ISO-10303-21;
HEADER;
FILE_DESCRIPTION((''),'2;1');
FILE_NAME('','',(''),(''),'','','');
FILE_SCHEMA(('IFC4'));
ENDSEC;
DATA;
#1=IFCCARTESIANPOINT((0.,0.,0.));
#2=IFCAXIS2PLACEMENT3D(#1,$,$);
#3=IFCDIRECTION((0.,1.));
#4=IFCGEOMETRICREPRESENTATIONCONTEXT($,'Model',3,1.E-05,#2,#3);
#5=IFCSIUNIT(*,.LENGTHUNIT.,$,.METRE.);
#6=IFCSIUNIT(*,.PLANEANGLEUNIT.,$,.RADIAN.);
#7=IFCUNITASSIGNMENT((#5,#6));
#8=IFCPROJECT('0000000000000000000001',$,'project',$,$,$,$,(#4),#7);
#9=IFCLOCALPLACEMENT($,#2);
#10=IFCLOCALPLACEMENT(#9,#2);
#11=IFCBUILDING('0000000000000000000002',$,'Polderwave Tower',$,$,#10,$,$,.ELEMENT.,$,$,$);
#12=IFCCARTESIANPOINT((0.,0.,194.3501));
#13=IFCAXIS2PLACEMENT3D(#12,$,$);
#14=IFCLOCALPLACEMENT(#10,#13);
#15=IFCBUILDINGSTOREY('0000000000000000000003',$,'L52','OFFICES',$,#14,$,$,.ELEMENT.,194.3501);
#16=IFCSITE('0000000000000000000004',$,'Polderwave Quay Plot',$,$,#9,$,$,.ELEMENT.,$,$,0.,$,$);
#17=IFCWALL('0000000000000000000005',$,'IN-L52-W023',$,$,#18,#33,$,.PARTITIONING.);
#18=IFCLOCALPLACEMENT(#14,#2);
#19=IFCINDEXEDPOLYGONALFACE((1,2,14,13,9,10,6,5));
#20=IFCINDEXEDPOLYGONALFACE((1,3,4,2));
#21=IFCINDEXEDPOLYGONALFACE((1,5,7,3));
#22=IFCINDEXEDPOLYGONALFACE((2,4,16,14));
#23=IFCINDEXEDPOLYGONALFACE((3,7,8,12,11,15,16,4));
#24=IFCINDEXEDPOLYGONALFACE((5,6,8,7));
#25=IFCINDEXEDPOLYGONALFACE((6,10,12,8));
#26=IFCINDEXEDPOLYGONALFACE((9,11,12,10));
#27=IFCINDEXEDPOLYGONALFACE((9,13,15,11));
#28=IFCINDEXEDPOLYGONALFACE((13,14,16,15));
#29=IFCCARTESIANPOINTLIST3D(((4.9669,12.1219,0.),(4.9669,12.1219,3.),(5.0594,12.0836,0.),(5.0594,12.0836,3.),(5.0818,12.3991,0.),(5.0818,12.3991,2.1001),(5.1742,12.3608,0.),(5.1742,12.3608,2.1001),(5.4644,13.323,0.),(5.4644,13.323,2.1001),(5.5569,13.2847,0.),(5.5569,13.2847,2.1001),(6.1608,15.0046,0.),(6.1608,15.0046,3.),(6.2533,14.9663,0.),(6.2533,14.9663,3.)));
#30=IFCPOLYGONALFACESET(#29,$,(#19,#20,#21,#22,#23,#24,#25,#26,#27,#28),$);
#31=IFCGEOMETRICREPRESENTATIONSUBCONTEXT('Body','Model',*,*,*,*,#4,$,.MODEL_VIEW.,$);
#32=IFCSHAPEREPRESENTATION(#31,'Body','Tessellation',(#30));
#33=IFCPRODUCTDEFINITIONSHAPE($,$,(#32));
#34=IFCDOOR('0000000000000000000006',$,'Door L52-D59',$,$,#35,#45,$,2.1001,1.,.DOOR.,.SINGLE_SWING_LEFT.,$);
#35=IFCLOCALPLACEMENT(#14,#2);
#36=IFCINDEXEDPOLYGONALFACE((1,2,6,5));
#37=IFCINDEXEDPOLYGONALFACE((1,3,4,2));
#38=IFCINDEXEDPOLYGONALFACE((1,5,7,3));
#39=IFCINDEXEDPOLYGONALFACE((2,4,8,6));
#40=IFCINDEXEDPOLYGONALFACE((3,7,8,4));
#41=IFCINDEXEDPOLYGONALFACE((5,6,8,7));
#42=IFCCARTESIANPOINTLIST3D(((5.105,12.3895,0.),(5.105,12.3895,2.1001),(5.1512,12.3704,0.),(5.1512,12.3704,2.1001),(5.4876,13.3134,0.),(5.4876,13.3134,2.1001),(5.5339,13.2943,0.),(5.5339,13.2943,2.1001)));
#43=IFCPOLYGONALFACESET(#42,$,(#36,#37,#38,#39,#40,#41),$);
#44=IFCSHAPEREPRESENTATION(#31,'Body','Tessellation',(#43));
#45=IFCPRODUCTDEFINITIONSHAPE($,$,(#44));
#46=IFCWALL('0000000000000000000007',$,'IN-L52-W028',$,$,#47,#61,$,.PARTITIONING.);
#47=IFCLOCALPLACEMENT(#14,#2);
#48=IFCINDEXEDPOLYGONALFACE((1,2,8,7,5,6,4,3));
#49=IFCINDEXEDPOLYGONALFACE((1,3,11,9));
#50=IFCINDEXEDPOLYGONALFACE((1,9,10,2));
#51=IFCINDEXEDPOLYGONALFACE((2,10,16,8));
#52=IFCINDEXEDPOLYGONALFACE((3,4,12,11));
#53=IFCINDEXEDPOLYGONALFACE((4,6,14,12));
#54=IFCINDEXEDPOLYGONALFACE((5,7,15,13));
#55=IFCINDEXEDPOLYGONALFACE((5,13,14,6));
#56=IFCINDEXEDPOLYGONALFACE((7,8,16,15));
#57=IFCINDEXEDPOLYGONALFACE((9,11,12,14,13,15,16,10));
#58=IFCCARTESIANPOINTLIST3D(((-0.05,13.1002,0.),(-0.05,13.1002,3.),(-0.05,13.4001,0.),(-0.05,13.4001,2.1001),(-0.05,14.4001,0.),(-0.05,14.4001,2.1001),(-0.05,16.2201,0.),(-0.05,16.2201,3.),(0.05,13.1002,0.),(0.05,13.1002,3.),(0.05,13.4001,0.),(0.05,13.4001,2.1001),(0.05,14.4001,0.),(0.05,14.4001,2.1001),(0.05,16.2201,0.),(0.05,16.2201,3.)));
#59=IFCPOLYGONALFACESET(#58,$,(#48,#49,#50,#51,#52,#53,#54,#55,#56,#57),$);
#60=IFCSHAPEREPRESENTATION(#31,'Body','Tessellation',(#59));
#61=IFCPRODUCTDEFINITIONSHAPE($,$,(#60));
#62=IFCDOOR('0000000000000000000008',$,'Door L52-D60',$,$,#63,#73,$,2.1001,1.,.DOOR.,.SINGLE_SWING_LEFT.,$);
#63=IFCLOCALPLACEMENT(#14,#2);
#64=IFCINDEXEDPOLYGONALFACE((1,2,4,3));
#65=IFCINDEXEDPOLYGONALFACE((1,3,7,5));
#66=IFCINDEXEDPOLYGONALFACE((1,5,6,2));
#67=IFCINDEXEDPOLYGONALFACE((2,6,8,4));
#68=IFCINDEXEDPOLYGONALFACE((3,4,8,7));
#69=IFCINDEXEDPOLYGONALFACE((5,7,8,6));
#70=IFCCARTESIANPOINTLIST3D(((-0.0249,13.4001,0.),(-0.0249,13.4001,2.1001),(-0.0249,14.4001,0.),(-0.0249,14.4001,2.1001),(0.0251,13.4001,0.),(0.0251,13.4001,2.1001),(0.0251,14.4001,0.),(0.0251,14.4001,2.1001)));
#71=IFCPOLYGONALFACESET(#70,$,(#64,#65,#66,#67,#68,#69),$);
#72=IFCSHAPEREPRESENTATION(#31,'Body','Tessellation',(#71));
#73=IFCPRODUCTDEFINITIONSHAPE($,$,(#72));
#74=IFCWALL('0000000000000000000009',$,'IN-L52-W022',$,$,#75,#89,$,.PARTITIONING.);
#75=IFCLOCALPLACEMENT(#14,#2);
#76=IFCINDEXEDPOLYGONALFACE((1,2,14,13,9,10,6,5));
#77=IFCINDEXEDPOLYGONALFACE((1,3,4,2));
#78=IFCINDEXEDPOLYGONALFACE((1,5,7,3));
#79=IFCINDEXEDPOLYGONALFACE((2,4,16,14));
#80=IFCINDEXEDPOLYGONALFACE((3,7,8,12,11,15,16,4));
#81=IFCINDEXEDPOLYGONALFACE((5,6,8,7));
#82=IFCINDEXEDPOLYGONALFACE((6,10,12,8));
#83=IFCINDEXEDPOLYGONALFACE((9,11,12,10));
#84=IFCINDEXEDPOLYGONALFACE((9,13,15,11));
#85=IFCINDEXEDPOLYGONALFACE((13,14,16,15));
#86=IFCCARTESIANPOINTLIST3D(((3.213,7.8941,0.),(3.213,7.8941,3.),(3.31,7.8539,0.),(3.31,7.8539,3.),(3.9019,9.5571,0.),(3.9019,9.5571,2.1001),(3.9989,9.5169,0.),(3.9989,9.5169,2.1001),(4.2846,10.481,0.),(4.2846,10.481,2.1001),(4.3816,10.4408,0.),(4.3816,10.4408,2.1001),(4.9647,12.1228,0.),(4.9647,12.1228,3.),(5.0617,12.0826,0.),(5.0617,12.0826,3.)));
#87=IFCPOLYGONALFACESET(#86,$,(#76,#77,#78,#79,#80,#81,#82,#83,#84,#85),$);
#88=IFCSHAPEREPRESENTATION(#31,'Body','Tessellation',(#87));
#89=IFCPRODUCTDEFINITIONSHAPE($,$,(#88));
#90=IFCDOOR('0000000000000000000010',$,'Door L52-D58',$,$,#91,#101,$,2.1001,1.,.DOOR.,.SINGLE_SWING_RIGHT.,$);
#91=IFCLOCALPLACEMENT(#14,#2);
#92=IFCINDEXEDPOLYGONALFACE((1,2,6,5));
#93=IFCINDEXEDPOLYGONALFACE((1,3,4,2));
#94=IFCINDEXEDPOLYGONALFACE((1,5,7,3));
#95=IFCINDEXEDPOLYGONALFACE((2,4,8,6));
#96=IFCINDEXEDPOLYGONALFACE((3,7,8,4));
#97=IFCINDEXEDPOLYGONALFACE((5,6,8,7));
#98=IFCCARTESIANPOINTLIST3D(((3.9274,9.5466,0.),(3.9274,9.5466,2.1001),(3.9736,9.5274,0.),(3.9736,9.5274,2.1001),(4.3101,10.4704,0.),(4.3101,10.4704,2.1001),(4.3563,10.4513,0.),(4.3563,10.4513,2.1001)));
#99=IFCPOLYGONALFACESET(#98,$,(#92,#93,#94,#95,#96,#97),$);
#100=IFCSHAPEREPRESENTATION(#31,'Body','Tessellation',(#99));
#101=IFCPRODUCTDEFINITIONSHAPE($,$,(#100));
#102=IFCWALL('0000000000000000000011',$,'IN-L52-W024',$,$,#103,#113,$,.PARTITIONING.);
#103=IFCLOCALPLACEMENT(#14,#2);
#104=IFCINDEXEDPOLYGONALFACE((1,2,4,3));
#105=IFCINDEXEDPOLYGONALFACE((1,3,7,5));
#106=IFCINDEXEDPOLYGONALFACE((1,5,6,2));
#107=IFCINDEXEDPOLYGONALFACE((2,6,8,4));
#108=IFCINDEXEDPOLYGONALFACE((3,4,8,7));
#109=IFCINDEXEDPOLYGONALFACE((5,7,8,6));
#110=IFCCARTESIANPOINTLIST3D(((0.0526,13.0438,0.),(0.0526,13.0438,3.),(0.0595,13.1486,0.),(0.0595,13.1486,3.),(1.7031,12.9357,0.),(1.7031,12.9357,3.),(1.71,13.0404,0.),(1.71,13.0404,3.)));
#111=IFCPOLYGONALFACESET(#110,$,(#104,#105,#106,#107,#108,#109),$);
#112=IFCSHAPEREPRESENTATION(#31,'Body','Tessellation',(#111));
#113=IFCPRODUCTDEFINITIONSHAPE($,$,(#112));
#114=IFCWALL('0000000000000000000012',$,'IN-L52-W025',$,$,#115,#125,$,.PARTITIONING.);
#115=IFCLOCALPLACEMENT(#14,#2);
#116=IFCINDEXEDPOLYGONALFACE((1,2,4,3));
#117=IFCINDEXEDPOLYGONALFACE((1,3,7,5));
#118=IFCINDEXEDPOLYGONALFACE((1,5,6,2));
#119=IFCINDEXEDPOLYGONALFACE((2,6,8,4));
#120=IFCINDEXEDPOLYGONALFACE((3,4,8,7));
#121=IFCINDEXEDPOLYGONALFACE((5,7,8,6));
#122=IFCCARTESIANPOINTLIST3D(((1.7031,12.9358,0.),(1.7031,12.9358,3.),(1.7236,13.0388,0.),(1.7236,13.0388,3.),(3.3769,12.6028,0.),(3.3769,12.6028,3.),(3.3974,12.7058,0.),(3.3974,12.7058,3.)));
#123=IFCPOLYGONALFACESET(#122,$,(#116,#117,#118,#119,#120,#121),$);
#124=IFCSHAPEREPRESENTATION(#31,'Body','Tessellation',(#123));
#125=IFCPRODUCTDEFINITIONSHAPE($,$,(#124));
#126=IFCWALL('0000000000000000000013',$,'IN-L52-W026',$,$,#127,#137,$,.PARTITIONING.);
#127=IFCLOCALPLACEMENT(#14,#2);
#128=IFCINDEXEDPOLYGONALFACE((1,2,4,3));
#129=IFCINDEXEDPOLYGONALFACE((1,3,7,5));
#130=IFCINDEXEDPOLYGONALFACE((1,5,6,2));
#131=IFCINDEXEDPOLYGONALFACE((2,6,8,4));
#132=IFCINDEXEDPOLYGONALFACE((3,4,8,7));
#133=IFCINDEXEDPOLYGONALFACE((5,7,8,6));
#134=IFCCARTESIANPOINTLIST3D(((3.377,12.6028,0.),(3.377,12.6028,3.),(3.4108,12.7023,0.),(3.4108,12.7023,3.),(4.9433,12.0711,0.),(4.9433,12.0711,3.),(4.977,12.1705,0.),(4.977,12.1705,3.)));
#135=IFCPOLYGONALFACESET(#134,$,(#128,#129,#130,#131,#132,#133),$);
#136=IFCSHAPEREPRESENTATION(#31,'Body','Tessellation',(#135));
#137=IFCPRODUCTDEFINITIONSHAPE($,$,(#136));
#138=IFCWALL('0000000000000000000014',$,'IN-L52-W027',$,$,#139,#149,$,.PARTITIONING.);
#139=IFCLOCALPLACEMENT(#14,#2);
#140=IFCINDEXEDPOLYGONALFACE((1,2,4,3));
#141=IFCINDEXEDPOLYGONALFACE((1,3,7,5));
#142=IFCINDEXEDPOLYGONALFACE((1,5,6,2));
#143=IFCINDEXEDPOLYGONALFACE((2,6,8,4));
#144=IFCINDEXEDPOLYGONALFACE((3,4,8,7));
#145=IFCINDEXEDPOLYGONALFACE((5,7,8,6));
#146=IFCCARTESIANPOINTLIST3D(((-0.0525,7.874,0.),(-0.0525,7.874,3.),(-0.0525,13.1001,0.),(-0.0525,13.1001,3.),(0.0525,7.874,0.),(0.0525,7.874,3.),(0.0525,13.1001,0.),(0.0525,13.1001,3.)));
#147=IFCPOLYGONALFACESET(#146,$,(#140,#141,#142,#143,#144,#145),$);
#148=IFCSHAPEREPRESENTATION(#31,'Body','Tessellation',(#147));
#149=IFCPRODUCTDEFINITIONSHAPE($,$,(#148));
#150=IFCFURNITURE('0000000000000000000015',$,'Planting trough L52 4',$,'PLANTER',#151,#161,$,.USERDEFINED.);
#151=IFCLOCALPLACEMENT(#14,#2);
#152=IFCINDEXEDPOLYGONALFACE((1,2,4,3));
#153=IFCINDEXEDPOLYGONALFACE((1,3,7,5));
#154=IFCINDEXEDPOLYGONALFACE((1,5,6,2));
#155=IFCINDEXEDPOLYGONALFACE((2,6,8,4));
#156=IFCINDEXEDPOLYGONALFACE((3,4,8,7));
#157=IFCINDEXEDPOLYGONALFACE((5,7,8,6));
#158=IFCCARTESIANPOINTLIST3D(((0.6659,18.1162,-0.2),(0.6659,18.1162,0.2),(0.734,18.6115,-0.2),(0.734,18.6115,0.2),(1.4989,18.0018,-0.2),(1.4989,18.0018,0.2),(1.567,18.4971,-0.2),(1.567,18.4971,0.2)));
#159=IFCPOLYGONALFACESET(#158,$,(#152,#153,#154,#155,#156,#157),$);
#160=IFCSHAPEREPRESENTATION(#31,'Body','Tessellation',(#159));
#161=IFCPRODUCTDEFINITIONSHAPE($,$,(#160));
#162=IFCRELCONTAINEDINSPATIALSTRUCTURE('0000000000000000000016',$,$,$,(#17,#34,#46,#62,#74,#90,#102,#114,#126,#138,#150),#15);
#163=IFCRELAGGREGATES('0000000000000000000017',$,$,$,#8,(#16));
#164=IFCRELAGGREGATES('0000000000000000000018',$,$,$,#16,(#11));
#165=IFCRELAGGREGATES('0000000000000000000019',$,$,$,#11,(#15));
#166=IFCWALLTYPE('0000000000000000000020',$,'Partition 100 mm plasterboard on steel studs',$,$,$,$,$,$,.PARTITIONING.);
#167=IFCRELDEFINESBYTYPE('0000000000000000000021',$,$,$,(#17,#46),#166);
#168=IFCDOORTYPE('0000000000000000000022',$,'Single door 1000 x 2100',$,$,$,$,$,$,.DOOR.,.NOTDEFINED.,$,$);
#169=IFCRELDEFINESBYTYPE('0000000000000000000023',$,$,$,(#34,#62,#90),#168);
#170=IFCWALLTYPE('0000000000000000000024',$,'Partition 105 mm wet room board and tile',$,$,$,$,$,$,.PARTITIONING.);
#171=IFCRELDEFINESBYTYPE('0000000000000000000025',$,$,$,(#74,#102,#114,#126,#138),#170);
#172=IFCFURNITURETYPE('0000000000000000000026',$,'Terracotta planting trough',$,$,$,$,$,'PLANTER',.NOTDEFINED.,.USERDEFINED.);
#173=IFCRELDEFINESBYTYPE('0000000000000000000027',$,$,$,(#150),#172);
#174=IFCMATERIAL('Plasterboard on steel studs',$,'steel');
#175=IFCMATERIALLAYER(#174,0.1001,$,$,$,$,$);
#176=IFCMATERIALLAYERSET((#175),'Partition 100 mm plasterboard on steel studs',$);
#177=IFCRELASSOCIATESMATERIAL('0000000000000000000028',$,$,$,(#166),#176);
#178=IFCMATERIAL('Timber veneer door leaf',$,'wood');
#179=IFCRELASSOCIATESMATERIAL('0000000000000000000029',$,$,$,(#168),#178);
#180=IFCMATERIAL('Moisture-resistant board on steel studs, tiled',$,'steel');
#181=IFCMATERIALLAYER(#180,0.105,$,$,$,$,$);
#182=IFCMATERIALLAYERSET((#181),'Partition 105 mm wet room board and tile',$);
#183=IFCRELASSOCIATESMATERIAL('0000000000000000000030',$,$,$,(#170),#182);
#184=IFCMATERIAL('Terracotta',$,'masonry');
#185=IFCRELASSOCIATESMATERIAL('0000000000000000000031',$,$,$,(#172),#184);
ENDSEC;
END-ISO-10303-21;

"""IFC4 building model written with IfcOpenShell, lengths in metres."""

from ifc_helpers import new_model, si_unit, direction, frame, frame_2d, origin, origin_2d, place, context, subcontext, project, spatial, rectangle, extrude, material, layer, layer_set, type_object, element, fill, save


model = new_model("IFC4")

# Units and contexts
model_context = context("Model", 3, precision=1e-05, world=origin(), true_north=direction((0.0, 1.0)))
body_context = subcontext(model_context, "Body", "Model", "MODEL_VIEW")
ifc_project = project(units=[si_unit("LENGTHUNIT", "METRE"), si_unit("PLANEANGLEUNIT", "RADIAN")], contexts=[model_context])

# Site, building, storey
site_placement = place(None, origin())
site = spatial("IfcSite", under=ifc_project, at=site_placement, Name="Polderwave Quay Plot", CompositionType="ELEMENT", RefElevation=0.0)
building_placement = place(site_placement, origin())
building = spatial("IfcBuilding", under=site, at=building_placement, Name="Polderwave Tower", CompositionType="ELEMENT")
storey_placement = place(building_placement, frame((0.0, 0.0, 194.3501)))
storey = spatial("IfcBuildingStorey", under=building, at=storey_placement, Name="L52", Description="OFFICES", CompositionType="ELEMENT", Elevation=194.3501)

# Walls, openings, doors
ifc_material_1 = material(Name="Plasterboard on steel studs", Category="steel")
ifc_layer_1 = layer(ifc_material_1, 0.1001)
ifc_layer_set_1 = layer_set([ifc_layer_1], Name="Partition 100 mm plasterboard on steel studs")
wall_type_1 = type_object("IfcWallType", Name="Partition 100 mm plasterboard on steel studs", PredefinedType="PARTITIONING", material=ifc_layer_set_1)
wall_1_placement = place(storey_placement, frame((5.0132, 12.1028, 0.0), z_axis=(0.0, 0.0, 1.0), x_axis=(0.382642, 0.923897, 0.0)))
wall_1 = element("IfcWall", 1, at=wall_1_placement, inside=storey, type_object=wall_type_1, Name="IN-L52-W023", PredefinedType="PARTITIONING", context=body_context, shape_type="SweptSolid", body=[
    extrude(rectangle(XDim=3.1201, YDim=0.1001, at=frame_2d((1.5601, 0.0))), origin(), (0.0, 0.0, 1.0), 3.0),
])
opening_1_placement = place(wall_1_placement, frame((0.3, 0.0, 0.0)))
opening_1 = element("IfcOpeningElement", 2, at=opening_1_placement, cuts=wall_1, PredefinedType="OPENING", context=body_context, shape_type="SweptSolid", body=[
    extrude(rectangle(XDim=1.0, YDim=2.1001, at=frame_2d((0.5, 1.05))), frame((0.0, 0.0601, 0.0), z_axis=(0.0, -1.0, 0.0), x_axis=(1.0, 0.0, 0.0)), (0.0, 0.0, 1.0), 0.1201),
])
ifc_material_2 = material(Name="Timber veneer door leaf", Category="wood")
door_type = type_object("IfcDoorType", Name="Single door 1000 x 2100", OperationType="NOTDEFINED", PredefinedType="DOOR", material=ifc_material_2)
door_1_placement = place(opening_1_placement, origin())
door_1 = element("IfcDoor", 3, at=door_1_placement, inside=storey, type_object=door_type, Name="Door L52-D59", OperationType="SINGLE_SWING_LEFT", OverallHeight=2.1001, OverallWidth=1.0, PredefinedType="DOOR", context=body_context, shape_type="SweptSolid", body=[
    extrude(rectangle(XDim=1.0, YDim=2.1001, at=frame_2d((0.5, 1.05))), frame((0.0, 0.0249, 0.0), z_axis=(0.0, -1.0, 0.0), x_axis=(1.0, 0.0, 0.0)), (0.0, 0.0, 1.0), 0.05),
])
fill(opening_1, door_1)
wall_2_placement = place(storey_placement, frame((0.0, 13.1001, 0.0), z_axis=(0.0, 0.0, 1.0), x_axis=(0.0, 1.0, 0.0)))
wall_2 = element("IfcWall", 4, at=wall_2_placement, inside=storey, type_object=wall_type_1, Name="IN-L52-W028", PredefinedType="PARTITIONING", context=body_context, shape_type="SweptSolid", body=[
    extrude(rectangle(XDim=3.1199, YDim=0.1001, at=frame_2d((1.5601, 0.0))), origin(), (0.0, 0.0, 1.0), 3.0),
])
opening_2_placement = place(wall_2_placement, frame((0.3, 0.0, 0.0)))
opening_2 = element("IfcOpeningElement", 5, at=opening_2_placement, cuts=wall_2, PredefinedType="OPENING", context=body_context, shape_type="SweptSolid", body=[
    extrude(rectangle(XDim=1.0, YDim=2.1001, at=frame_2d((0.5, 1.05))), frame((0.0, 0.0601, 0.0), z_axis=(0.0, -1.0, 0.0), x_axis=(1.0, 0.0, 0.0)), (0.0, 0.0, 1.0), 0.1201),
])
door_2_placement = place(opening_2_placement, origin())
door_2 = element("IfcDoor", 6, at=door_2_placement, inside=storey, type_object=door_type, Name="Door L52-D60", OperationType="SINGLE_SWING_LEFT", OverallHeight=2.1001, OverallWidth=1.0, PredefinedType="DOOR", context=body_context, shape_type="SweptSolid", body=[
    extrude(rectangle(XDim=1.0, YDim=2.1001, at=frame_2d((0.5, 1.05))), frame((0.0, 0.0249, 0.0), z_axis=(0.0, -1.0, 0.0), x_axis=(1.0, 0.0, 0.0)), (0.0, 0.0, 1.0), 0.05),
])
fill(opening_2, door_2)
ifc_material_3 = material(Name="Moisture-resistant board on steel studs, tiled", Category="steel")
ifc_layer_2 = layer(ifc_material_3, 0.105)
ifc_layer_set_2 = layer_set([ifc_layer_2], Name="Partition 105 mm wet room board and tile")
wall_type_2 = type_object("IfcWallType", Name="Partition 105 mm wet room board and tile", PredefinedType="PARTITIONING", material=ifc_layer_set_2)
wall_3_placement = place(storey_placement, frame((3.2615, 7.874, 0.0), z_axis=(0.0, 0.0, 1.0), x_axis=(0.382702, 0.923872, 0.0)))
wall_3 = element("IfcWall", 7, at=wall_3_placement, inside=storey, type_object=wall_type_2, Name="IN-L52-W022", PredefinedType="PARTITIONING", context=body_context, shape_type="SweptSolid", body=[
    extrude(rectangle(XDim=4.5771, YDim=0.105, at=frame_2d((2.2886, 0.0))), origin(), (0.0, 0.0, 1.0), 3.0),
])
opening_3_placement = place(wall_3_placement, frame((1.8, 0.0, 0.0)))
opening_3 = element("IfcOpeningElement", 8, at=opening_3_placement, cuts=wall_3, PredefinedType="OPENING", context=body_context, shape_type="SweptSolid", body=[
    extrude(rectangle(XDim=1.0, YDim=2.1001, at=frame_2d((0.5, 1.05))), frame((0.0, 0.0625, 0.0), z_axis=(0.0, -1.0, 0.0), x_axis=(1.0, 0.0, 0.0)), (0.0, 0.0, 1.0), 0.125),
])
door_3_placement = place(opening_3_placement, origin())
door_3 = element("IfcDoor", 9, at=door_3_placement, inside=storey, type_object=door_type, Name="Door L52-D58", OperationType="SINGLE_SWING_RIGHT", OverallHeight=2.1001, OverallWidth=1.0, PredefinedType="DOOR", context=body_context, shape_type="SweptSolid", body=[
    extrude(rectangle(XDim=1.0, YDim=2.1001, at=frame_2d((0.5, 1.05))), frame((0.0, 0.0249, 0.0), z_axis=(0.0, -1.0, 0.0), x_axis=(1.0, 0.0, 0.0)), (0.0, 0.0, 1.0), 0.05),
])
fill(opening_3, door_3)

# Walls
wall_4_placement = place(storey_placement, frame((0.0559, 13.0962, 0.0), z_axis=(0.0, 0.0, 1.0), x_axis=(0.99786, -0.065383, 0.0)))
element("IfcWall", 10, at=wall_4_placement, inside=storey, type_object=wall_type_2, Name="IN-L52-W024", PredefinedType="PARTITIONING", context=body_context, shape_type="SweptSolid", body=[
    extrude(rectangle(XDim=1.6541, YDim=0.105, at=frame_2d((0.8271, 0.0))), origin(), (0.0, 0.0, 1.0), 3.0),
])
wall_5_placement = place(storey_placement, frame((1.7134, 12.9873, 0.0), z_axis=(0.0, 0.0, 1.0), x_axis=(0.980778, -0.195126, 0.0)))
element("IfcWall", 11, at=wall_5_placement, inside=storey, type_object=wall_type_2, Name="IN-L52-W025", PredefinedType="PARTITIONING", context=body_context, shape_type="SweptSolid", body=[
    extrude(rectangle(XDim=1.7065, YDim=0.105, at=frame_2d((0.8533, 0.0))), origin(), (0.0, 0.0, 1.0), 3.0),
])
wall_6_placement = place(storey_placement, frame((3.3938, 12.6526, 0.0), z_axis=(0.0, 0.0, 1.0), x_axis=(0.946912, -0.321493, 0.0)))
element("IfcWall", 12, at=wall_6_placement, inside=storey, type_object=wall_type_2, Name="IN-L52-W026", PredefinedType="PARTITIONING", context=body_context, shape_type="SweptSolid", body=[
    extrude(rectangle(XDim=1.6541, YDim=0.105, at=frame_2d((0.8271, 0.0))), origin(), (0.0, 0.0, 1.0), 3.0),
])
wall_7_placement = place(storey_placement, frame((0.0, 7.874, 0.0), z_axis=(0.0, 0.0, 1.0), x_axis=(0.0, 1.0, 0.0)))
element("IfcWall", 13, at=wall_7_placement, inside=storey, type_object=wall_type_2, Name="IN-L52-W027", PredefinedType="PARTITIONING", context=body_context, shape_type="SweptSolid", body=[
    extrude(rectangle(XDim=5.2261, YDim=0.105, at=frame_2d((2.613, 0.0))), origin(), (0.0, 0.0, 1.0), 3.0),
])

# Furniture
ifc_material_4 = material(Name="Terracotta", Category="masonry")
furniture_type = type_object("IfcFurnitureType", Name="Terracotta planting trough", ElementType="PLANTER", AssemblyPlace="NOTDEFINED", PredefinedType="USERDEFINED", material=ifc_material_4)
furniture_placement = place(storey_placement, frame((1.1165, 18.3066, -0.2), z_axis=(0.0, 0.0, 1.0), x_axis=(-0.990703, 0.136042, 0.0)))
element("IfcFurniture", 14, at=furniture_placement, inside=storey, type_object=furniture_type, Name="Planting trough L52 4", ObjectType="PLANTER", PredefinedType="USERDEFINED", context=body_context, shape_type="SweptSolid", body=[
    extrude(rectangle(XDim=0.8408, YDim=0.5, at=origin_2d()), origin(), (0.0, 0.0, 1.0), 0.3999),
])

save(model, "model.ifc")
